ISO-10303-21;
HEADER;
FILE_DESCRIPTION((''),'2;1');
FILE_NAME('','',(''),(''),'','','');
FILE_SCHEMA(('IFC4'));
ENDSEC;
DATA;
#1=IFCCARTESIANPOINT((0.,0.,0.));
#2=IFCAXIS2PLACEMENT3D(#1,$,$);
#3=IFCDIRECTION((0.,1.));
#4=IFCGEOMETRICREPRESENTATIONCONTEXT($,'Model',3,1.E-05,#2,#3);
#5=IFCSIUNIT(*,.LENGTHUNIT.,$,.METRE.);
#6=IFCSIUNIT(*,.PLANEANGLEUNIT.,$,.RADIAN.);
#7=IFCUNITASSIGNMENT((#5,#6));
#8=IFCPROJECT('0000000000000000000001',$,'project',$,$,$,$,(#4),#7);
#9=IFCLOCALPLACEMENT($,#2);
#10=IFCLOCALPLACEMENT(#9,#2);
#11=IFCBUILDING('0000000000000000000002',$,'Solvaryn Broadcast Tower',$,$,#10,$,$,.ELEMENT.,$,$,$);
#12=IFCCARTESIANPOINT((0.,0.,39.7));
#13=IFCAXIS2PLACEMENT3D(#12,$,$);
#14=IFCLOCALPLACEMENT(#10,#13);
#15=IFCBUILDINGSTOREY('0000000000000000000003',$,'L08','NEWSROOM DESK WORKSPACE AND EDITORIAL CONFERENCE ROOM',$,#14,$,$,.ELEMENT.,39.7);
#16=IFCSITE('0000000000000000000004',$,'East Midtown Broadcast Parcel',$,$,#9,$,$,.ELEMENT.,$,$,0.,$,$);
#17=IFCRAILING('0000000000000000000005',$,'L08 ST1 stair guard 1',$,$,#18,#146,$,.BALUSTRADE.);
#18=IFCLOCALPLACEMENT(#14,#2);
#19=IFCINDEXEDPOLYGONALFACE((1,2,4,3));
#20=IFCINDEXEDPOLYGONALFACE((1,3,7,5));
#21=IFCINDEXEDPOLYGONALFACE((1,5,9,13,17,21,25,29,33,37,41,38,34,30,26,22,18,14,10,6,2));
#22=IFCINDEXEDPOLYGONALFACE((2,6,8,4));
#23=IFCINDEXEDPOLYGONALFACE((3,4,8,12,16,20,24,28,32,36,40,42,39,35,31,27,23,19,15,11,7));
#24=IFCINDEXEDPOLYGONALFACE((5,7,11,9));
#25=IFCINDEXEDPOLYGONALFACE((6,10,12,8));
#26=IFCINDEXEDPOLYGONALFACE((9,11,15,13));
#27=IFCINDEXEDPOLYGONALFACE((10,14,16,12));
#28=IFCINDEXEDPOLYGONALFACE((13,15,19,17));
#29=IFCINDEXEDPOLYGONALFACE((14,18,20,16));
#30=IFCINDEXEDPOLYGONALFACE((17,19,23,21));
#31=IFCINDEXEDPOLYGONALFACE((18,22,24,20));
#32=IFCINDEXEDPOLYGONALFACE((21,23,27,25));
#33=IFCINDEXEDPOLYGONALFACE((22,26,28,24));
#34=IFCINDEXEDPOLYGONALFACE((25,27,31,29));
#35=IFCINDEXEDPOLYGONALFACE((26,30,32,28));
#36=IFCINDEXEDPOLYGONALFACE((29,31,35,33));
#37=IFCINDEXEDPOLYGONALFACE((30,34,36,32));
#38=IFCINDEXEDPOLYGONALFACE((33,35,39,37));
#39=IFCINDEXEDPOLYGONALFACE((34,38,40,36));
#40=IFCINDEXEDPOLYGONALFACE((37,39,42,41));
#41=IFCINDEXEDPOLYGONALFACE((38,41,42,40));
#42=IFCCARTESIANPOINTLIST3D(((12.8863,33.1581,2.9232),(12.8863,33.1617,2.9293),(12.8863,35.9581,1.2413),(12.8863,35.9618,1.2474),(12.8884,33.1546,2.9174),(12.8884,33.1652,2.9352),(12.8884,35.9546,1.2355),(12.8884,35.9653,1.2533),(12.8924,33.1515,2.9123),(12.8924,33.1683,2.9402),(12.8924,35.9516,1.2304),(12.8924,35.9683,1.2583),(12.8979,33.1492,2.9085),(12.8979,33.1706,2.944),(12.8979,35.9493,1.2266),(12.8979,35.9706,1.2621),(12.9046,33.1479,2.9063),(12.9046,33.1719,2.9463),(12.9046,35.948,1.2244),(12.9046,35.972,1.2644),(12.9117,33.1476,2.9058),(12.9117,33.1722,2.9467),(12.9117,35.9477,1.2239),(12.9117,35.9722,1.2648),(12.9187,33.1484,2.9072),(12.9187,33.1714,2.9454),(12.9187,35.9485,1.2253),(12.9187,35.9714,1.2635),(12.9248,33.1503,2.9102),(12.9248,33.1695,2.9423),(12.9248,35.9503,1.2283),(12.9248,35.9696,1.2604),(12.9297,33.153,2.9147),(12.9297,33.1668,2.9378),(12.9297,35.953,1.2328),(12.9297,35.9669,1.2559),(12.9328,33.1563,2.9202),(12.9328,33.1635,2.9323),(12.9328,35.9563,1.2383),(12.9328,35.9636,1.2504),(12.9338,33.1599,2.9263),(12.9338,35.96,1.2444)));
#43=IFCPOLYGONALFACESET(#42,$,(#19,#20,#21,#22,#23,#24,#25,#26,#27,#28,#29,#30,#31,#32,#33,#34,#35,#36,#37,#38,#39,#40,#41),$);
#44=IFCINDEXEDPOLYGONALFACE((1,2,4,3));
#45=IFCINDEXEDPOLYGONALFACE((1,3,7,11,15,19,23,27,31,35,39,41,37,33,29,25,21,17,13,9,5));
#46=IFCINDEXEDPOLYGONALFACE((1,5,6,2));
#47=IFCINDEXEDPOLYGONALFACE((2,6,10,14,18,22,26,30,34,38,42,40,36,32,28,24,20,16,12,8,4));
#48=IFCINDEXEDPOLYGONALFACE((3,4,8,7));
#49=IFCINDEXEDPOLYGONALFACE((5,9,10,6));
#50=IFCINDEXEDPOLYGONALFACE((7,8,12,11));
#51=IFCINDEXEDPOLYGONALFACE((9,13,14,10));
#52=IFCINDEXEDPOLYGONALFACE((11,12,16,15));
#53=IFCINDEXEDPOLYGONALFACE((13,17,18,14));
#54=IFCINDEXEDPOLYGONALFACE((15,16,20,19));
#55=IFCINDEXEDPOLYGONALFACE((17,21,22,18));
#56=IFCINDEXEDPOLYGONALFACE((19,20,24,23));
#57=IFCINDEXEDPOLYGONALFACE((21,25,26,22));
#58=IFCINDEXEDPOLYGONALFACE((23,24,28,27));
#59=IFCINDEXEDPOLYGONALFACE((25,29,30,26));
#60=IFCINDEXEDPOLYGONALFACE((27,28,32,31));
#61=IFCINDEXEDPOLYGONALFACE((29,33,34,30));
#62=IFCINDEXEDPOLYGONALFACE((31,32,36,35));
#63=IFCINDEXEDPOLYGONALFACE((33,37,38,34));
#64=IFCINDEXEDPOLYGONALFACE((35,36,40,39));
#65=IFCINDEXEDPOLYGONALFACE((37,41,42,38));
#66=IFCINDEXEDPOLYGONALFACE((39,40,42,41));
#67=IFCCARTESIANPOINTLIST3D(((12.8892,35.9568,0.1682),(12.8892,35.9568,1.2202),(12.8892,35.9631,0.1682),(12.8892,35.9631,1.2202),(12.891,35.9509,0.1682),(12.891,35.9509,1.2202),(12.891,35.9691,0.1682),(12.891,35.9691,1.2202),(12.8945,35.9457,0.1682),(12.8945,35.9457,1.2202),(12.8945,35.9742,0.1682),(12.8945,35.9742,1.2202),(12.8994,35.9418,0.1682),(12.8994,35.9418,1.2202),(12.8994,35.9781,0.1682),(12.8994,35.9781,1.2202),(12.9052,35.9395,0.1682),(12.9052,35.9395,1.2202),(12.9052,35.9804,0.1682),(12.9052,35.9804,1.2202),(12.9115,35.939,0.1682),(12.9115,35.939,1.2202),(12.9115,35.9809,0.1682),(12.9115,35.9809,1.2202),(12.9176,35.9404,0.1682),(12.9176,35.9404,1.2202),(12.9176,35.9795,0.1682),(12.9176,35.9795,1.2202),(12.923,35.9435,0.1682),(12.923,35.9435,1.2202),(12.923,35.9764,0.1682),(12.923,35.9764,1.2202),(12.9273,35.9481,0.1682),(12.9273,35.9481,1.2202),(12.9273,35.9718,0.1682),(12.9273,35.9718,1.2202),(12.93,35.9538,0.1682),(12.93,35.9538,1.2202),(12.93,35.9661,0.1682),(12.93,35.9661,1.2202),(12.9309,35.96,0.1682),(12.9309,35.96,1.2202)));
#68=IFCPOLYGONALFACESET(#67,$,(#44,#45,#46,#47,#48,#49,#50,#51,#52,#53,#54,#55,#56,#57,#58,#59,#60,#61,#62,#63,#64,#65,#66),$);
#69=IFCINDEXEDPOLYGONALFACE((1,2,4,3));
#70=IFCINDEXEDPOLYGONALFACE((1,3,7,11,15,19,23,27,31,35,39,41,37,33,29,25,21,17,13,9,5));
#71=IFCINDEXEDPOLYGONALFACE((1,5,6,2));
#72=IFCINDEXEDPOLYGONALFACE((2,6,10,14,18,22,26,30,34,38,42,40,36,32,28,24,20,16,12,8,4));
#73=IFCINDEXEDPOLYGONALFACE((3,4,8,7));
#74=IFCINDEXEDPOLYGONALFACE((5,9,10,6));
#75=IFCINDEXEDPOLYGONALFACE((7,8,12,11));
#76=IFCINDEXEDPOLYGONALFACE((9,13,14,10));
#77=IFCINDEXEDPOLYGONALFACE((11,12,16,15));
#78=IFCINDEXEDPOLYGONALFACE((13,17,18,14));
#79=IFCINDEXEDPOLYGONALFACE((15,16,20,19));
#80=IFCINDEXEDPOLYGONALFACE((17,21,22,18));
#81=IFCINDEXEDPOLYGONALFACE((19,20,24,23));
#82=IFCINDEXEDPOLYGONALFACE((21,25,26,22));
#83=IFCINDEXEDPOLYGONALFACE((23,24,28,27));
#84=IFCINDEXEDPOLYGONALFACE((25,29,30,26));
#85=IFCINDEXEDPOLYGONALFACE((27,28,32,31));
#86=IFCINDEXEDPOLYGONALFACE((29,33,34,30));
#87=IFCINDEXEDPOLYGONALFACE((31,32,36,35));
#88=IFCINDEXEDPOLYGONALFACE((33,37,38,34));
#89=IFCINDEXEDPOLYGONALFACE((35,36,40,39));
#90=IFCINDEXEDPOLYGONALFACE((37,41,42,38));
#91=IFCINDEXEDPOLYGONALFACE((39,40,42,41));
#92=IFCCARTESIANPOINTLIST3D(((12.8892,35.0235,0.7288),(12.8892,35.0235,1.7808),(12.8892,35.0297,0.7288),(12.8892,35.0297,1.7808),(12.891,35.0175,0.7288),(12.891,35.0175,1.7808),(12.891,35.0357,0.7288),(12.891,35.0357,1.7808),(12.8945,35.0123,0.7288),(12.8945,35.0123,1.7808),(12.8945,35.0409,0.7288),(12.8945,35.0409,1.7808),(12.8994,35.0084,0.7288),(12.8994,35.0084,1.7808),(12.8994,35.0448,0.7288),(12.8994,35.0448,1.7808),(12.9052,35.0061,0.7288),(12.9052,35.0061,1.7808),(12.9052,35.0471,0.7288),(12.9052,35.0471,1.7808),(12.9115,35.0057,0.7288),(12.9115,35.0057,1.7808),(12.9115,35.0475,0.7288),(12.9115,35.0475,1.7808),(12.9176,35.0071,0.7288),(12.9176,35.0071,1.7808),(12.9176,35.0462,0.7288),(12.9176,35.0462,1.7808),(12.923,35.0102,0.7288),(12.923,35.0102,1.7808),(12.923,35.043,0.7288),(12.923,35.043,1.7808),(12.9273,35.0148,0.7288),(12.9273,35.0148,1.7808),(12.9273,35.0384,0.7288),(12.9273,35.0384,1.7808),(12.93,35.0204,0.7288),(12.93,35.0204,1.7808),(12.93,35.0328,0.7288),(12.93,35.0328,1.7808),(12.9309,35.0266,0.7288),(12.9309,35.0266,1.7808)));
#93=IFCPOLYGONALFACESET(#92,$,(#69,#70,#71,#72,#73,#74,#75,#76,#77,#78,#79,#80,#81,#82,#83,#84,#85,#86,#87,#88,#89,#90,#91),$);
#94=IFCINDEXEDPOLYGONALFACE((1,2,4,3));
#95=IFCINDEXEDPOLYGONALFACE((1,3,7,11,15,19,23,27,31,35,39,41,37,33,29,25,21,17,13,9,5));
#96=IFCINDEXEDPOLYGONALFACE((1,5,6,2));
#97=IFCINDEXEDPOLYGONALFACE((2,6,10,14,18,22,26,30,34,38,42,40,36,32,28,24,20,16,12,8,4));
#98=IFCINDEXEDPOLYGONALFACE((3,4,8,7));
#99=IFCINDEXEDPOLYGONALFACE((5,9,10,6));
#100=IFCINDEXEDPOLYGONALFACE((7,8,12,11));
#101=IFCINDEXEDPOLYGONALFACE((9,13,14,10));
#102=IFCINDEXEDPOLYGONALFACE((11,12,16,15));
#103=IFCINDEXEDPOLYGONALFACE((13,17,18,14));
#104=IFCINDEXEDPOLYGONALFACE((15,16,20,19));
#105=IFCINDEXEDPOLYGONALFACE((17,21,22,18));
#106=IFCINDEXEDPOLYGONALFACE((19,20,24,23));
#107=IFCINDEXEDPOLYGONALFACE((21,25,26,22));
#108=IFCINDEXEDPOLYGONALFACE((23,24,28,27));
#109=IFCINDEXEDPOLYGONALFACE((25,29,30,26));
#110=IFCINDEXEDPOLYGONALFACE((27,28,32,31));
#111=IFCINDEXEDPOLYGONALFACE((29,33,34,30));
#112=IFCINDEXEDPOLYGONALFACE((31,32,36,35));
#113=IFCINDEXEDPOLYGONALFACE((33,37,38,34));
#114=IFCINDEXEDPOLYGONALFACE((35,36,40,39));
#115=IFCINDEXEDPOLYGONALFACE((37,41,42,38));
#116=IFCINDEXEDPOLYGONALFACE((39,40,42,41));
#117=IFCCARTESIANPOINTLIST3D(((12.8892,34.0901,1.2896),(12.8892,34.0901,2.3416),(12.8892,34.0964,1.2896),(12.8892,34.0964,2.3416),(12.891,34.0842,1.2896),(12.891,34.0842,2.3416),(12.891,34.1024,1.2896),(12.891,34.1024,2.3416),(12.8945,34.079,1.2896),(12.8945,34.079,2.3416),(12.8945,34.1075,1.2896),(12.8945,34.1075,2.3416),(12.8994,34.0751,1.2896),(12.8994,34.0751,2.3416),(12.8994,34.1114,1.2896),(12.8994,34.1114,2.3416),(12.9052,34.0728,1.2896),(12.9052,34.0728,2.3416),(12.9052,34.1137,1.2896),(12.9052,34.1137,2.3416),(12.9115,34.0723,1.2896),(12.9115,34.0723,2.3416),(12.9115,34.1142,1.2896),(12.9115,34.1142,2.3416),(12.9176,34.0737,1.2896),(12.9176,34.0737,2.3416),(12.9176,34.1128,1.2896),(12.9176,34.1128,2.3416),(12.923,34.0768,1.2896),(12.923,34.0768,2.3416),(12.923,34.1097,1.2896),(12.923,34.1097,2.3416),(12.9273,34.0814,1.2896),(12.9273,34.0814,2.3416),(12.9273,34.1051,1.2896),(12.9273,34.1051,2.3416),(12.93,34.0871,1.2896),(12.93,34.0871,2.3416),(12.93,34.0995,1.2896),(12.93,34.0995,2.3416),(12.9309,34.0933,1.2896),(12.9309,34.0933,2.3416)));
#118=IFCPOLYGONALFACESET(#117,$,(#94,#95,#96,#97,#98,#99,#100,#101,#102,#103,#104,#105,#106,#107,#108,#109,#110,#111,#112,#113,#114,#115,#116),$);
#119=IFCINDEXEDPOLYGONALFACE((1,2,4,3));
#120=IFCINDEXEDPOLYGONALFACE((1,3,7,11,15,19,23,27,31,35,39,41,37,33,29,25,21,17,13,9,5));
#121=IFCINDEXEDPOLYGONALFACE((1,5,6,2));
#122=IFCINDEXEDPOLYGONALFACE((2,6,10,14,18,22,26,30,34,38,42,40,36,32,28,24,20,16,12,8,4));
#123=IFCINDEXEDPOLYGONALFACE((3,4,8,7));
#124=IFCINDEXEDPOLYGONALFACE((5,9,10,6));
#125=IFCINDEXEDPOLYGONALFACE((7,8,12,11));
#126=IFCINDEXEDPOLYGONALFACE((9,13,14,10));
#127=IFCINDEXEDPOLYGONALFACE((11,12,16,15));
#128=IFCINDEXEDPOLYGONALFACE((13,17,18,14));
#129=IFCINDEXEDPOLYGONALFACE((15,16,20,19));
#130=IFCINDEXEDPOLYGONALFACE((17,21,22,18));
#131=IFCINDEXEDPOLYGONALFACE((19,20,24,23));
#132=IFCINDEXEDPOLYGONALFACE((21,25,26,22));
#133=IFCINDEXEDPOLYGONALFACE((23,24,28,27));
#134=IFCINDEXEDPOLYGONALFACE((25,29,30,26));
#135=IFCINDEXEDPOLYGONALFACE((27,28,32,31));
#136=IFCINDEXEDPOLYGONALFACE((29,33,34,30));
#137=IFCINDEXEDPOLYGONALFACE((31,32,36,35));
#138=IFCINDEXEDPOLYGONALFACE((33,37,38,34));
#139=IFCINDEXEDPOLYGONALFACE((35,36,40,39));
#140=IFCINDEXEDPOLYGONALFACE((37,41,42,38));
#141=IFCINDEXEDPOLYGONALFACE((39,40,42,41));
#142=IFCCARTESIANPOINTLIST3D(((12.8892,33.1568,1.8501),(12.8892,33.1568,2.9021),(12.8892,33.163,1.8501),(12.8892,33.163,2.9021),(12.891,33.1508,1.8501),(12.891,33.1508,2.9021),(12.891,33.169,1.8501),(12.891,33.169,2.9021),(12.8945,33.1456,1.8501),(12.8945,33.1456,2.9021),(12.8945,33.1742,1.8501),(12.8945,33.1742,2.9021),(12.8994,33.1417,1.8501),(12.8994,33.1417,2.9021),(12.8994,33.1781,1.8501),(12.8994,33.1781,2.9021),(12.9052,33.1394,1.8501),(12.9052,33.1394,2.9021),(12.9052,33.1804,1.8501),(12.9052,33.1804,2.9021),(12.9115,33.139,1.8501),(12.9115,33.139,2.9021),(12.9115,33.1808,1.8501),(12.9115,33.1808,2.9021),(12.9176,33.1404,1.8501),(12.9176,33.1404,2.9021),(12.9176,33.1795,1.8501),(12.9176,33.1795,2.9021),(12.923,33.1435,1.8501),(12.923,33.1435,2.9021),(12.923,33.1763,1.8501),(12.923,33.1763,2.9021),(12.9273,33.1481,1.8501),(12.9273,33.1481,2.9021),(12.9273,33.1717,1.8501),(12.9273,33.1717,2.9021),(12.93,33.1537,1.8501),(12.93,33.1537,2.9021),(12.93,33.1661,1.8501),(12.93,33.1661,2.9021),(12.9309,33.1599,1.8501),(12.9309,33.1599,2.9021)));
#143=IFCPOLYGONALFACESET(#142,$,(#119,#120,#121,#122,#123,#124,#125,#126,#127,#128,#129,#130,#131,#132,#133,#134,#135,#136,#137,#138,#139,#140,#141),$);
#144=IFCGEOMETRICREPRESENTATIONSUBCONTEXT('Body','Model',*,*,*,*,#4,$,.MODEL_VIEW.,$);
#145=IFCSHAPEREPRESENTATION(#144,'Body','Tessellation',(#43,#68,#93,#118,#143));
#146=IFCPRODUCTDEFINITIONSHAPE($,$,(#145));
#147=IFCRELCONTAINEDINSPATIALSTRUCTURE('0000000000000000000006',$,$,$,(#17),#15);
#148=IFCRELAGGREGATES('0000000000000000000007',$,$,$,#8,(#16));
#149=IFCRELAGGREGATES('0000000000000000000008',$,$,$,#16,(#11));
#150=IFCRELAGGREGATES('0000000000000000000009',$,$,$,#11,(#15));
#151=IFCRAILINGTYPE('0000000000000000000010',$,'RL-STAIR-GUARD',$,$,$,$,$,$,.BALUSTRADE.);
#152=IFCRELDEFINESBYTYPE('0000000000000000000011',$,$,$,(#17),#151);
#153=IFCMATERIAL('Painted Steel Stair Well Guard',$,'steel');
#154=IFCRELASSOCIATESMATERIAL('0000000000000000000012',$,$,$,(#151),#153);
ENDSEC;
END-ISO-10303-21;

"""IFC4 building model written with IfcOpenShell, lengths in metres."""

from ifc_helpers import new_model, si_unit, direction, frame, origin, origin_2d, place, context, subcontext, project, spatial, circle, extrude, material, type_object, element, save


model = new_model("IFC4")

# Units and contexts
model_context = context("Model", 3, precision=1e-05, world=origin(), true_north=direction((0.0, 1.0)))
body_context = subcontext(model_context, "Body", "Model", "MODEL_VIEW")
ifc_project = project(units=[si_unit("LENGTHUNIT", "METRE"), si_unit("PLANEANGLEUNIT", "RADIAN")], contexts=[model_context])

# Site, building, storey
site_placement = place(None, origin())
site = spatial("IfcSite", under=ifc_project, at=site_placement, Name="East Midtown Broadcast Parcel", CompositionType="ELEMENT", RefElevation=0.0)
building_placement = place(site_placement, origin())
building = spatial("IfcBuilding", under=site, at=building_placement, Name="Solvaryn Broadcast Tower", CompositionType="ELEMENT")
storey_placement = place(building_placement, frame((0.0, 0.0, 39.7)))
storey = spatial("IfcBuildingStorey", under=building, at=storey_placement, Name="L08", Description="NEWSROOM DESK WORKSPACE AND EDITORIAL CONFERENCE ROOM", CompositionType="ELEMENT", Elevation=39.7)

# Railing
ifc_material_1 = material(Name="Painted Steel Stair Well Guard", Category="steel")
railing_type_1 = type_object("IfcRailingType", Name="RL-STAIR-GUARD", PredefinedType="BALUSTRADE", material=ifc_material_1)
railing_1_placement = place(storey_placement, frame((12.9099, 35.96, 0.1682)))
element("IfcRailing", 1, at=railing_1_placement, inside=storey, type_object=railing_type_1, Name="L08 ST1 stair guard 1", PredefinedType="BALUSTRADE", context=body_context, shape_type="SweptSolid", body=[
    extrude(circle(Radius=0.0239, at=origin_2d()), frame((0.0, 0.0, 1.0762), z_axis=(0.0, -0.857242, 0.514913), x_axis=(1.0, 0.0, 0.0)), (0.0, 0.0, 1.0), 3.2664),
    extrude(circle(Radius=0.021, at=origin_2d()), origin(), (0.0, 0.0, 1.0), 1.052),
    extrude(circle(Radius=0.021, at=origin_2d()), frame((0.0, -0.9333, 0.5605)), (0.0, 0.0, 1.0), 1.052),
    extrude(circle(Radius=0.021, at=origin_2d()), frame((0.0, -1.8667, 1.1213)), (0.0, 0.0, 1.0), 1.052),
    extrude(circle(Radius=0.021, at=origin_2d()), frame((0.0, -2.8, 1.6819)), (0.0, 0.0, 1.0), 1.052),
])

save(model, "model.ifc")
